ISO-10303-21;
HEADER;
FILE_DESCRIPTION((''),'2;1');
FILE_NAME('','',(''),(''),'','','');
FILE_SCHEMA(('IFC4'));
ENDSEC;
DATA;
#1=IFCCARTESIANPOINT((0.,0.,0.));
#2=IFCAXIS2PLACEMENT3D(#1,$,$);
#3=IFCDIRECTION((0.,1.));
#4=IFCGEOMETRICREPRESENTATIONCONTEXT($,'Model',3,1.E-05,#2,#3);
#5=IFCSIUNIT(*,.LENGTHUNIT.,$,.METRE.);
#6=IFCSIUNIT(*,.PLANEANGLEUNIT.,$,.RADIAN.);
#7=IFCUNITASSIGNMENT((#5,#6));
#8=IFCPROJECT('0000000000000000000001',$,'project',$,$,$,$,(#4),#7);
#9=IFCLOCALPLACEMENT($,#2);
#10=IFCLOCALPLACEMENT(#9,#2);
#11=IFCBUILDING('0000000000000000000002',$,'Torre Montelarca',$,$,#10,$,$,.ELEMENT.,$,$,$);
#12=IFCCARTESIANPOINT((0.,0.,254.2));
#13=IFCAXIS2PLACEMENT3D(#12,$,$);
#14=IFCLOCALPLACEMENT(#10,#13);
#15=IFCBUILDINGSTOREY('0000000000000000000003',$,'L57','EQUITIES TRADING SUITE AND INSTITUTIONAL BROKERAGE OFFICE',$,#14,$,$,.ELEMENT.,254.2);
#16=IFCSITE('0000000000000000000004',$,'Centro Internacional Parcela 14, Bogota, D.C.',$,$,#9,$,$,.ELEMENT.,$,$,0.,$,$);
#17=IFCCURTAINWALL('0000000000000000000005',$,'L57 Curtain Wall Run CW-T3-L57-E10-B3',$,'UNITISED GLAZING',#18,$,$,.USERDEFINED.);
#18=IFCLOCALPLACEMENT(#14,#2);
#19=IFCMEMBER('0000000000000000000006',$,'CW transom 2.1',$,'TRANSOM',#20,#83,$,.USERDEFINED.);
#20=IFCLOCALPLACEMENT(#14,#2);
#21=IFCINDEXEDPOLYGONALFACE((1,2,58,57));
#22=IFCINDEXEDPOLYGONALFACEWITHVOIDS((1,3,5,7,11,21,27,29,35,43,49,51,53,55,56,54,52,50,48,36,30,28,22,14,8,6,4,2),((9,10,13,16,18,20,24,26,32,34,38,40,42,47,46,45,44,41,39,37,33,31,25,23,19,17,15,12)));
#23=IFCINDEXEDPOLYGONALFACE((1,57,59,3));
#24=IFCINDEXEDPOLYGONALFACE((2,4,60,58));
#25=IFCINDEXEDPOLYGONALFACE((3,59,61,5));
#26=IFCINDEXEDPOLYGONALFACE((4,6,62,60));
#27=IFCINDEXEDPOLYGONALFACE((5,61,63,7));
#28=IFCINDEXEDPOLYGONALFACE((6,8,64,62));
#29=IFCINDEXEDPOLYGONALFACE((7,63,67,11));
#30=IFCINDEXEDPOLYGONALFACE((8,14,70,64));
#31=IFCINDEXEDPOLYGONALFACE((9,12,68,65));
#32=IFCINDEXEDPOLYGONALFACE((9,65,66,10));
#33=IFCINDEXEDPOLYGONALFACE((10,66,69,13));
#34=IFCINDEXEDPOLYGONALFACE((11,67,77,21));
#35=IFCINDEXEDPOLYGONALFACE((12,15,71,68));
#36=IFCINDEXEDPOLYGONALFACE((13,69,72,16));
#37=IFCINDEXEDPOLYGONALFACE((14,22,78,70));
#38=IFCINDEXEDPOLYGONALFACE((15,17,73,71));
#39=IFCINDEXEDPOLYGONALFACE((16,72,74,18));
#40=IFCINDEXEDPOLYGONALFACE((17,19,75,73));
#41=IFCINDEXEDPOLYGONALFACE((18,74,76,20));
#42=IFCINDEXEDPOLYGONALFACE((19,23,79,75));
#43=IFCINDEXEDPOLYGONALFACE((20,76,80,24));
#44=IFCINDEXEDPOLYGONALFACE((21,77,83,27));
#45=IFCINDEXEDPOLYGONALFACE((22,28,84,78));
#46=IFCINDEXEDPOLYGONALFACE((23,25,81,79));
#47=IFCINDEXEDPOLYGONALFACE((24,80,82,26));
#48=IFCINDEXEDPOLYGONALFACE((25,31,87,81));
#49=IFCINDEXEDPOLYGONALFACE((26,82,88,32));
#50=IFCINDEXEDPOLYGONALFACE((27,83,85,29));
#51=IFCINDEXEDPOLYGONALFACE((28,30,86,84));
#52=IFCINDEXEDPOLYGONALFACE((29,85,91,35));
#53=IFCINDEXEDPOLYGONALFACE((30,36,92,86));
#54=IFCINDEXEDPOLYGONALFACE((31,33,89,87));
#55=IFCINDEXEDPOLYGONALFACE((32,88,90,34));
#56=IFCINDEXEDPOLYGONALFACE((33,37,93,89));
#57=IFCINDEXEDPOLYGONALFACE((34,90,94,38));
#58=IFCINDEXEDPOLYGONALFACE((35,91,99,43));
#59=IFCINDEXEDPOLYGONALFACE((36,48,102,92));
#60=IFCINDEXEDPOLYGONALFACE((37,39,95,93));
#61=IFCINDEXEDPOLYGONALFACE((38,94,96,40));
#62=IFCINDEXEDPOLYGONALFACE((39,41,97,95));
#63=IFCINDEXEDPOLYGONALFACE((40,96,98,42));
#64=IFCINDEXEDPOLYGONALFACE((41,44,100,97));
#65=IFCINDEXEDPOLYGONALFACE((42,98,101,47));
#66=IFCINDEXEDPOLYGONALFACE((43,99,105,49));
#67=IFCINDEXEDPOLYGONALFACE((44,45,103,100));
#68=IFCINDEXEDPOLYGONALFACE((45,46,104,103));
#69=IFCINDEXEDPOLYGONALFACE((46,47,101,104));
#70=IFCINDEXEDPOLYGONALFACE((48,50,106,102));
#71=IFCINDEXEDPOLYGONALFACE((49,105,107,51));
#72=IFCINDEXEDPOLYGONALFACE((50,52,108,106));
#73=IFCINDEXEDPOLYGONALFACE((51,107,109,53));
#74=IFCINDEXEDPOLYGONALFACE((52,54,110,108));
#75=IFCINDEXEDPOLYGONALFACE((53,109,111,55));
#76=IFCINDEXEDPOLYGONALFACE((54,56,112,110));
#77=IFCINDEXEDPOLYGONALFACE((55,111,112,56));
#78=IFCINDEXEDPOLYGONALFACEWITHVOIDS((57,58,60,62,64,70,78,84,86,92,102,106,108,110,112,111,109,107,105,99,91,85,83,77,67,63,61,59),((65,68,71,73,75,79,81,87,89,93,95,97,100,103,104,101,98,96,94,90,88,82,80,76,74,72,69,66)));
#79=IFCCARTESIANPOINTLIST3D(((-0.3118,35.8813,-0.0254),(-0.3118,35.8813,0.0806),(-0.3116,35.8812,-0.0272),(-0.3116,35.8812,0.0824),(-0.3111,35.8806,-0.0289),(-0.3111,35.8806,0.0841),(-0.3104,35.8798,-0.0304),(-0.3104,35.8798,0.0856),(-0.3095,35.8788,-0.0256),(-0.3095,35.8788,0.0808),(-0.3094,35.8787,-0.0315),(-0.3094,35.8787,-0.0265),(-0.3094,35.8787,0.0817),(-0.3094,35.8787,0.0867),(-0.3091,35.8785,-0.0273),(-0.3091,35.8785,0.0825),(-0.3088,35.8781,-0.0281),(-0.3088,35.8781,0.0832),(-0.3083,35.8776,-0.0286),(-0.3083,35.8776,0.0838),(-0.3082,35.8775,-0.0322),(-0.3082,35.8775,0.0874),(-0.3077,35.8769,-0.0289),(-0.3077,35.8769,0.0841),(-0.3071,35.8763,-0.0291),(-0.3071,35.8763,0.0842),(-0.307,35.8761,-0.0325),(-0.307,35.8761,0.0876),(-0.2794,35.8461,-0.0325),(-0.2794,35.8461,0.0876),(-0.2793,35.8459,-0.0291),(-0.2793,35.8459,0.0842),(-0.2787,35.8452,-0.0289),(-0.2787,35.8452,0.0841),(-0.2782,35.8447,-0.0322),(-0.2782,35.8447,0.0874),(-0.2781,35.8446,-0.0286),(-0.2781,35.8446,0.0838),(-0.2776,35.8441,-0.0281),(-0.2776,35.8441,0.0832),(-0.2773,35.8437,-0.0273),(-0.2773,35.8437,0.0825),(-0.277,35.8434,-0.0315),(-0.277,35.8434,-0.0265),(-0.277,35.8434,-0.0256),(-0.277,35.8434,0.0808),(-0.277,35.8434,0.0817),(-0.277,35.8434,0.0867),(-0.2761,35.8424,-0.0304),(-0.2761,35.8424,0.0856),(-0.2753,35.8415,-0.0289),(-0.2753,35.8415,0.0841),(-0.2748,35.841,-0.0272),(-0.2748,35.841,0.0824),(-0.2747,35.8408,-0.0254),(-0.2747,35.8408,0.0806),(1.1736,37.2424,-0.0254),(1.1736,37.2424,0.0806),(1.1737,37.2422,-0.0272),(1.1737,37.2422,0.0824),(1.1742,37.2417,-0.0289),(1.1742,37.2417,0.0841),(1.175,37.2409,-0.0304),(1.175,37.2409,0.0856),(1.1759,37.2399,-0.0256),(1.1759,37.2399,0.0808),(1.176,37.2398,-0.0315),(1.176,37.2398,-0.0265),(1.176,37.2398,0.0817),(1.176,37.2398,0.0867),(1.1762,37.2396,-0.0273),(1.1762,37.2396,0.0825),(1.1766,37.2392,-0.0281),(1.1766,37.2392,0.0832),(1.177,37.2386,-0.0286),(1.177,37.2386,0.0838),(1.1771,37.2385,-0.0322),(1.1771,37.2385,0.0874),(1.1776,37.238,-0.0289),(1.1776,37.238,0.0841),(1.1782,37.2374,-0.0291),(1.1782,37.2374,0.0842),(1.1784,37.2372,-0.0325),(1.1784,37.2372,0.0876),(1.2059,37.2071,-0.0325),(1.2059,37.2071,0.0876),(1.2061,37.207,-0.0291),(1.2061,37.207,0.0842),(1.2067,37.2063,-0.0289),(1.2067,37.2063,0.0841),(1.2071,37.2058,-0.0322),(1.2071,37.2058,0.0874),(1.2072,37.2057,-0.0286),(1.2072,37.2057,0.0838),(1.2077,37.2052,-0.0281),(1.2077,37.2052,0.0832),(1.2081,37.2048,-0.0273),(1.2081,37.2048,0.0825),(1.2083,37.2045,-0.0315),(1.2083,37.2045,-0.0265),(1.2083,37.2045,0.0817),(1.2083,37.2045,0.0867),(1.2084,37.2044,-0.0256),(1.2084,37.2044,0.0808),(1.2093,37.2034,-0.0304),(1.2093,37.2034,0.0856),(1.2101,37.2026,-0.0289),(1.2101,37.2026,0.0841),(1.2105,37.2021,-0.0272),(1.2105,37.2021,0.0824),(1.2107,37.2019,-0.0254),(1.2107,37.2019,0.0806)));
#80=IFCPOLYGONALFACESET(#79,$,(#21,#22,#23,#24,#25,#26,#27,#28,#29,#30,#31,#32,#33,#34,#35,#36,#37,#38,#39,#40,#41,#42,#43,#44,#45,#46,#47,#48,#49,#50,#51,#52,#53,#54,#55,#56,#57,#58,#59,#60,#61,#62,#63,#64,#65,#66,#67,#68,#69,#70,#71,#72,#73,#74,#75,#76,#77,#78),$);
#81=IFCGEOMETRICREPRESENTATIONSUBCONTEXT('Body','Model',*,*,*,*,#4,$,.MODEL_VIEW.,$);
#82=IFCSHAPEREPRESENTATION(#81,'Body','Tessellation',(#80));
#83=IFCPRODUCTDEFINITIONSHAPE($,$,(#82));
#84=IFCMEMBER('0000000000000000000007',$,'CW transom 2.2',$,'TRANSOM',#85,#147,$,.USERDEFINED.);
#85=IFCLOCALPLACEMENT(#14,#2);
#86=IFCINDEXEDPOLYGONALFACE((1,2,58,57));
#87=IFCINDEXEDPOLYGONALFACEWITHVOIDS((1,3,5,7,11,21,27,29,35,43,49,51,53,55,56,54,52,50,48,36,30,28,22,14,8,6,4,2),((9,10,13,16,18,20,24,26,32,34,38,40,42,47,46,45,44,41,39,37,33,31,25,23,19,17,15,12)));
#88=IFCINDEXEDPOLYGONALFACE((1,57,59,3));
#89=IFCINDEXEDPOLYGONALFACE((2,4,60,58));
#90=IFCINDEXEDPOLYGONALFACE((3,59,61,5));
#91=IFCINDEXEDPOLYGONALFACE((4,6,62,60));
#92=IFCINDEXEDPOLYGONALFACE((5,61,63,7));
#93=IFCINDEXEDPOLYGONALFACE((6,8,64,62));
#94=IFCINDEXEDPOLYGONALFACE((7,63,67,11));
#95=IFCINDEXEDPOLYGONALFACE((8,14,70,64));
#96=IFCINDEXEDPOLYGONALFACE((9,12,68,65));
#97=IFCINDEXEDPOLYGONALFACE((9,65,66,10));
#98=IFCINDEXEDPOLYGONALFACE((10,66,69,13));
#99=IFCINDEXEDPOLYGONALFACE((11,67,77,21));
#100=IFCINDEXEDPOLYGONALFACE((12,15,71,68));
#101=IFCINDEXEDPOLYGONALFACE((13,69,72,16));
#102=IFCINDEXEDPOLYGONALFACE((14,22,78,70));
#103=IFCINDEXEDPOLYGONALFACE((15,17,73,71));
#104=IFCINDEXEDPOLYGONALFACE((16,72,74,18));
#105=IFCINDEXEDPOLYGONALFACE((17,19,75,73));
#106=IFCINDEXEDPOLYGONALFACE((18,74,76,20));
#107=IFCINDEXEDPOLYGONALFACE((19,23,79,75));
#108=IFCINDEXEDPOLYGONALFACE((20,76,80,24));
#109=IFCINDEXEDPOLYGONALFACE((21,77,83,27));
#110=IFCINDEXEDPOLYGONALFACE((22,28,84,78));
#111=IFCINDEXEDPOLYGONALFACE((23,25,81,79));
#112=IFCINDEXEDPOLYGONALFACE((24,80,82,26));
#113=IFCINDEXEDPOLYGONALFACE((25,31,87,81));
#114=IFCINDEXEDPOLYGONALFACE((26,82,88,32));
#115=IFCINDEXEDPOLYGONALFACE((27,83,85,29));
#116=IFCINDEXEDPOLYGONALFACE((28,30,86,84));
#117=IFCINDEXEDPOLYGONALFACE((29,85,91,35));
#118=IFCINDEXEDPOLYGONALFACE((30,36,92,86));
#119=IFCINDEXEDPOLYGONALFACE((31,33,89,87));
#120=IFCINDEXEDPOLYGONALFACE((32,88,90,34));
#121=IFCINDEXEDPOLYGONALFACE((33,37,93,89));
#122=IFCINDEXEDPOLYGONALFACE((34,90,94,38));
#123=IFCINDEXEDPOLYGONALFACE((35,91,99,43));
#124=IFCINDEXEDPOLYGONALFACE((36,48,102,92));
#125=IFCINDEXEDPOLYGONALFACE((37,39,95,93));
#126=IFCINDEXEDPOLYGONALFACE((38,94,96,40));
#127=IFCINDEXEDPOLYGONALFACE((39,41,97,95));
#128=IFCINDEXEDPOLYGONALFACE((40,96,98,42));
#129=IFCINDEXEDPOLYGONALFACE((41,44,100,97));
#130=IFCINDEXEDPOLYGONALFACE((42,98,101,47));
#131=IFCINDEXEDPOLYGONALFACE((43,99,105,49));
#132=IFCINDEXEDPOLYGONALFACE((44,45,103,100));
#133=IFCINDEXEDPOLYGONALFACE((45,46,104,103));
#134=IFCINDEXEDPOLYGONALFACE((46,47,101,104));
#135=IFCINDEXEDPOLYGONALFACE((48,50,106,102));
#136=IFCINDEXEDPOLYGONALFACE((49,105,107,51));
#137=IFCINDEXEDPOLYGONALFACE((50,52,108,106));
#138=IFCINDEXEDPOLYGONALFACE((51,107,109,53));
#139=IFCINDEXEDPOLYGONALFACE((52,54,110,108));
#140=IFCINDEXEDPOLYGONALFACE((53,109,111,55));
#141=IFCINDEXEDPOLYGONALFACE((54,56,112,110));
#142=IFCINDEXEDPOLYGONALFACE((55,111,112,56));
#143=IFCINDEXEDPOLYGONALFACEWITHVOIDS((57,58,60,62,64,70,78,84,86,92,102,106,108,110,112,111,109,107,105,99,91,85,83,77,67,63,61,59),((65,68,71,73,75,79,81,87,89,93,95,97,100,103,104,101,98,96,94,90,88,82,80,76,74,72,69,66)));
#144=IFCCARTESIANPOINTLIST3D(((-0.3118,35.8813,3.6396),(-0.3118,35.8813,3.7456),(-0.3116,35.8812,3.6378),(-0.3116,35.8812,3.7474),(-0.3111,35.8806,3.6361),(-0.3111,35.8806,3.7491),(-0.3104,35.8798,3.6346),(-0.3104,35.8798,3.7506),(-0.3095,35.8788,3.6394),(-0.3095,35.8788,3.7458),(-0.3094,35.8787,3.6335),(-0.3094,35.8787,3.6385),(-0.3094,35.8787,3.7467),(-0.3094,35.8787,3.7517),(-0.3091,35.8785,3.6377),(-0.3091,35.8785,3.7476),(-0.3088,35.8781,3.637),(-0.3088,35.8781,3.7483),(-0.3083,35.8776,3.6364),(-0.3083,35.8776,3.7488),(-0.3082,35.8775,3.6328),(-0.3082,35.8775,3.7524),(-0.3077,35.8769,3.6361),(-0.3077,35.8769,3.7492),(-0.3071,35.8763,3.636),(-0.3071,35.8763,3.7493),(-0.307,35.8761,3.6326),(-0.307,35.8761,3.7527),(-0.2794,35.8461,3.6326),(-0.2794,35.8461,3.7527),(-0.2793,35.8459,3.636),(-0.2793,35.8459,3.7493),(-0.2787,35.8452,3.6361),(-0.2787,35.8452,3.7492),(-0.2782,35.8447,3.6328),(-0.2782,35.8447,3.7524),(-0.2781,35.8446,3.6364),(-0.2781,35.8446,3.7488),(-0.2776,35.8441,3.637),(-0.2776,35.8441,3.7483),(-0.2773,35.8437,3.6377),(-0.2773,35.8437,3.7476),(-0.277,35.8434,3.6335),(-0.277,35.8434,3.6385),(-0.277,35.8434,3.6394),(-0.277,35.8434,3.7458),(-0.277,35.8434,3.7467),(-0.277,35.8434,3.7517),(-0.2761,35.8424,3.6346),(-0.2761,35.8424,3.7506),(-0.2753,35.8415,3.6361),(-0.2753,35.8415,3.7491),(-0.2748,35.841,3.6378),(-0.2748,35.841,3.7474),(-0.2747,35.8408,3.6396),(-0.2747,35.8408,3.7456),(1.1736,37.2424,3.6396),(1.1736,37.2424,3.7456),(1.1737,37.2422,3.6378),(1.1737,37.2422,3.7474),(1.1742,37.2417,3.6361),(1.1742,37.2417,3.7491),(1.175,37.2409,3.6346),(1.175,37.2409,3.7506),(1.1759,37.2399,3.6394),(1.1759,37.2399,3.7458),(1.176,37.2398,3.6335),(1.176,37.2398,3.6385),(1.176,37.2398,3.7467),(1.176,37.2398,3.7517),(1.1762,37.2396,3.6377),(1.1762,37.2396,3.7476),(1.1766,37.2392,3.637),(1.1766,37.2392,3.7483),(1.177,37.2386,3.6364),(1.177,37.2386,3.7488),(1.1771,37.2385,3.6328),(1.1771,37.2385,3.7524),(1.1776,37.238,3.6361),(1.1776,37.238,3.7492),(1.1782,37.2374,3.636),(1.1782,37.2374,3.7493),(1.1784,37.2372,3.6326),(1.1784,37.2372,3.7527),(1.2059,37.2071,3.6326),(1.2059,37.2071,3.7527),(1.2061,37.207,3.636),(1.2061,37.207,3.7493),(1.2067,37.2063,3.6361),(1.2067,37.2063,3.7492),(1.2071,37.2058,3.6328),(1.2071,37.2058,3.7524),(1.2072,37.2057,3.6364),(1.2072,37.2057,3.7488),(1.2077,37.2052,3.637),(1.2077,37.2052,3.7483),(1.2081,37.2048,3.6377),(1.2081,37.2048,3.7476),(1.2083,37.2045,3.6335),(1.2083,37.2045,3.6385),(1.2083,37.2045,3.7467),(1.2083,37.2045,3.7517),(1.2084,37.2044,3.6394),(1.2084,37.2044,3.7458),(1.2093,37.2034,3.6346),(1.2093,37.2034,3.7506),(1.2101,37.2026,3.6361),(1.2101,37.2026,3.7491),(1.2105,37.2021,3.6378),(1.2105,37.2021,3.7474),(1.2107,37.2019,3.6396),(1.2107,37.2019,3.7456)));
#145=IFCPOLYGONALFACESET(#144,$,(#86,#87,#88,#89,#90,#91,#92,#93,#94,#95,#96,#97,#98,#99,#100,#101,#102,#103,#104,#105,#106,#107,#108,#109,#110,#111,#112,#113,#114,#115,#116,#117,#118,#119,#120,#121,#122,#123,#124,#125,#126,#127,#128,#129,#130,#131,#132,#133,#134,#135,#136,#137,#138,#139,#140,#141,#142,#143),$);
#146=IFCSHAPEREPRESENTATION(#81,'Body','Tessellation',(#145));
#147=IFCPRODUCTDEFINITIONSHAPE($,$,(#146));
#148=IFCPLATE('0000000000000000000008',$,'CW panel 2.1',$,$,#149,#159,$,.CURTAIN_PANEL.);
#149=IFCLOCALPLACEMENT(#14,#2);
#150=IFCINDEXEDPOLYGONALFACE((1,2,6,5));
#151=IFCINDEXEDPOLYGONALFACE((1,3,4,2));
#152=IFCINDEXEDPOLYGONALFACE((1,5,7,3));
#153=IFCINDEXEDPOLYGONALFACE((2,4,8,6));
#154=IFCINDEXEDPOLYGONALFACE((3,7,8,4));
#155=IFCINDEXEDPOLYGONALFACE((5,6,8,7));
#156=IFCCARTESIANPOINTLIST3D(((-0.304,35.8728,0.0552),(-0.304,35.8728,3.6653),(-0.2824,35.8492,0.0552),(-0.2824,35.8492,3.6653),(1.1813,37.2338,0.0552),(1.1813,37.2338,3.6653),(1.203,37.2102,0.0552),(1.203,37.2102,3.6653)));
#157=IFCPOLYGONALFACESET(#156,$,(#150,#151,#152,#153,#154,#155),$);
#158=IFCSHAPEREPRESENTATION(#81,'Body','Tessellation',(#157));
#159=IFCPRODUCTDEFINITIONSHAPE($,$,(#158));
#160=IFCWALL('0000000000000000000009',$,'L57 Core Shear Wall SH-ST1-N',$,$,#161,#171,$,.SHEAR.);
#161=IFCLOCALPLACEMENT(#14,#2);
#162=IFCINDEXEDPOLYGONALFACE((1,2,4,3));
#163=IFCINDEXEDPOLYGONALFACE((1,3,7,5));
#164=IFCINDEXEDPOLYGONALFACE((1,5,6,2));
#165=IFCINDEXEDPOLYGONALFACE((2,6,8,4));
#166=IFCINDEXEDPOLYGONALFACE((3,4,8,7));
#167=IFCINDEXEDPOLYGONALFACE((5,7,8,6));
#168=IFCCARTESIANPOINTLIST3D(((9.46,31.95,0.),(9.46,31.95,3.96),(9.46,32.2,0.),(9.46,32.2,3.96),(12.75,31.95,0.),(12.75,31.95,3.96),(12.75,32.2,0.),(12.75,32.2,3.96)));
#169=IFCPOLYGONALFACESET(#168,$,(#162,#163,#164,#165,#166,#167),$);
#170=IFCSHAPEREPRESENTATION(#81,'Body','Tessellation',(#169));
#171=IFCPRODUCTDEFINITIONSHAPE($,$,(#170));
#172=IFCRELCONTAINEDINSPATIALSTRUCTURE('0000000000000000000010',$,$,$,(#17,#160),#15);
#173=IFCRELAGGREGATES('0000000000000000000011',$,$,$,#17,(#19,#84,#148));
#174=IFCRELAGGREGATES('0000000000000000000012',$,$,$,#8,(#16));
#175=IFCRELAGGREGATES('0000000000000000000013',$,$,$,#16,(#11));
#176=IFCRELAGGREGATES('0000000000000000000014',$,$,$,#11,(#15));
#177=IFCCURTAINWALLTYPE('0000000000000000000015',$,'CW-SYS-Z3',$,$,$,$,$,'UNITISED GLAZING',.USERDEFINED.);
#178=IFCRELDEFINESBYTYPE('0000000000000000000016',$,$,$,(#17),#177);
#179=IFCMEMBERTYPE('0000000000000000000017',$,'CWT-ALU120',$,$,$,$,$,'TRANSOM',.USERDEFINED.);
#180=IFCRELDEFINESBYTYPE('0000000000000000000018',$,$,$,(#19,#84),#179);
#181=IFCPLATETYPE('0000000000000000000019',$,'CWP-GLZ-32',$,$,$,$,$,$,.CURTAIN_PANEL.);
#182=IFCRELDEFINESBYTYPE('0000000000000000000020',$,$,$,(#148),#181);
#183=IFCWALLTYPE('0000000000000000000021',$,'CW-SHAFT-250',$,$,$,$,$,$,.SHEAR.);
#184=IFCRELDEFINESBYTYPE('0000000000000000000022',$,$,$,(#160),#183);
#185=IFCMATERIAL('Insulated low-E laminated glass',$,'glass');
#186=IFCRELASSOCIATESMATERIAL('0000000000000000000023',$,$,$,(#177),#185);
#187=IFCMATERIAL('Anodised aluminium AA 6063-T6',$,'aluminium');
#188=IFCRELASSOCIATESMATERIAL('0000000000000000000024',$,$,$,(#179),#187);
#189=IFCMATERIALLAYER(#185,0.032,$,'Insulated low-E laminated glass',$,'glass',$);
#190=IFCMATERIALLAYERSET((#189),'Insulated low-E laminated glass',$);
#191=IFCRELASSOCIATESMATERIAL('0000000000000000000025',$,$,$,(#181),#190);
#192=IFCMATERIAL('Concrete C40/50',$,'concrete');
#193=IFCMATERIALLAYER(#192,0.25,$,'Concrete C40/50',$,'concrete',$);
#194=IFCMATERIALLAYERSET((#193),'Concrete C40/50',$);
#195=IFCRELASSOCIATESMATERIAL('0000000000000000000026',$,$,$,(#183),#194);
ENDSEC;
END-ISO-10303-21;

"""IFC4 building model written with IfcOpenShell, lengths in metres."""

from ifc_helpers import new_model, si_unit, direction, frame, frame_2d, origin, origin_2d, place, context, subcontext, project, spatial, rectangle, hollow_rectangle, extrude, source, transform, mapped, material, layer, layer_set, material_profile, profile_set, type_object, element, aggregate, save


model = new_model("IFC4")

# Units and contexts
model_context = context("Model", 3, precision=1e-05, world=origin(), true_north=direction((0.0, 1.0)))
body_context = subcontext(model_context, "Body", "Model", "MODEL_VIEW")
ifc_project = project(units=[si_unit("LENGTHUNIT", "METRE"), si_unit("PLANEANGLEUNIT", "RADIAN")], contexts=[model_context])

# Site, building, storey
site_placement = place(None, origin())
site = spatial("IfcSite", under=ifc_project, at=site_placement, Name="Centro Internacional Parcela 14, Bogota, D.C.", CompositionType="ELEMENT", RefElevation=0.0)
building_placement = place(site_placement, origin())
building = spatial("IfcBuilding", under=site, at=building_placement, Name="Torre Montelarca", CompositionType="ELEMENT")
storey_placement = place(building_placement, frame((0.0, 0.0, 254.2)))
storey = spatial("IfcBuildingStorey", under=building, at=storey_placement, Name="L57", Description="EQUITIES TRADING SUITE AND INSTITUTIONAL BROKERAGE OFFICE", CompositionType="ELEMENT", Elevation=254.2)

# Curtain wall, members, plate
ifc_material_1 = material(Name="Insulated low-E laminated glass", Category="glass")
curtain_wall_type = type_object("IfcCurtainWallType", Name="CW-SYS-Z3", ElementType="UNITISED GLAZING", PredefinedType="USERDEFINED", material=ifc_material_1)
curtain_wall_placement = place(storey_placement, origin())
curtain_wall = element("IfcCurtainWall", 1, at=curtain_wall_placement, inside=storey, type_object=curtain_wall_type, Name="L57 Curtain Wall Run CW-T3-L57-E10-B3", ObjectType="UNITISED GLAZING", PredefinedType="USERDEFINED")
ifc_material_2 = material(Name="Anodised aluminium AA 6063-T6", Category="aluminium")
ifc_material_profile = material_profile(ifc_material_2, hollow_rectangle(XDim=0.0549, YDim=0.1201, WallThickness=0.0034, InnerFilletRadius=0.0034, OuterFilletRadius=0.0071, at=origin_2d()), Name="ALU55X120X3.5", Category="aluminium")
ifc_profile_set = profile_set([ifc_material_profile], Name="Anodised aluminium AA 6063-T6")
member_type = type_object("IfcMemberType", Name="CWT-ALU120", ElementType="TRANSOM", PredefinedType="USERDEFINED", material=ifc_profile_set)
shared_shape_1 = source(origin(), body_context, "Body", "SweptSolid", [
    extrude(hollow_rectangle(XDim=0.0549, YDim=0.1201, WallThickness=0.0034, InnerFilletRadius=0.0034, OuterFilletRadius=0.0071, at=origin_2d()), origin(), (0.0, 0.0, 1.0), 2.0146),
])
member_1_placement = place(storey_placement, frame((1.1921, 37.2222, 0.0276), z_axis=(-0.737275, -0.675593, 0.0), x_axis=(0.675593, -0.737275, 0.0)))
member_1 = element("IfcMember", 2, at=member_1_placement, type_object=member_type, Name="CW transom 2.1", ObjectType="TRANSOM", PredefinedType="USERDEFINED", context=body_context, shape_type="MappedRepresentation", body=[
    mapped(shared_shape_1, transform((0.0, 0.0, 0.0), scale=1.0)),
])
member_2_placement = place(storey_placement, frame((1.1921, 37.2222, 3.6926), z_axis=(-0.737275, -0.675593, 0.0), x_axis=(0.675593, -0.737275, 0.0)))
member_2 = element("IfcMember", 3, at=member_2_placement, type_object=member_type, Name="CW transom 2.2", ObjectType="TRANSOM", PredefinedType="USERDEFINED", context=body_context, shape_type="MappedRepresentation", body=[
    mapped(shared_shape_1, transform((0.0, 0.0, 0.0), scale=1.0)),
])
ifc_layer_1 = layer(ifc_material_1, 0.032, Name="Insulated low-E laminated glass", Category="glass")
ifc_layer_set_1 = layer_set([ifc_layer_1], Name="Insulated low-E laminated glass")
plate_type = type_object("IfcPlateType", Name="CWP-GLZ-32", PredefinedType="CURTAIN_PANEL", material=ifc_layer_set_1)
shared_shape_2 = source(origin(), body_context, "Body", "SweptSolid", [
    extrude(rectangle(XDim=2.0146, YDim=0.032, at=origin_2d()), origin(), (0.0, 0.0, 1.0), 3.6101),
])
plate_placement = place(storey_placement, frame((0.4495, 36.5415, 0.0552), z_axis=(0.0, 0.0, 1.0), x_axis=(-0.737285, -0.675582, 0.0)))
plate = element("IfcPlate", 4, at=plate_placement, type_object=plate_type, Name="CW panel 2.1", PredefinedType="CURTAIN_PANEL", context=body_context, shape_type="MappedRepresentation", body=[
    mapped(shared_shape_2, transform((0.0, 0.0, 0.0), scale=1.0)),
])
aggregate(curtain_wall, [member_1, member_2, plate])

# Wall
ifc_material_3 = material(Name="Concrete C40/50", Category="concrete")
ifc_layer_2 = layer(ifc_material_3, 0.25, Name="Concrete C40/50", Category="concrete")
ifc_layer_set_2 = layer_set([ifc_layer_2], Name="Concrete C40/50")
wall_type_1 = type_object("IfcWallType", Name="CW-SHAFT-250", PredefinedType="SHEAR", material=ifc_layer_set_2)
wall_1_placement = place(storey_placement, frame((9.46, 32.075, 0.0), z_axis=(0.0, 0.0, 1.0), x_axis=(1.0, 0.0, 0.0)))
element("IfcWall", 5, at=wall_1_placement, inside=storey, type_object=wall_type_1, Name="L57 Core Shear Wall SH-ST1-N", PredefinedType="SHEAR", context=body_context, shape_type="SweptSolid", body=[
    extrude(rectangle(XDim=3.29, YDim=0.25, at=frame_2d((1.645, 0.0))), origin(), (0.0, 0.0, 1.0), 3.96),
])

save(model, "model.ifc")
